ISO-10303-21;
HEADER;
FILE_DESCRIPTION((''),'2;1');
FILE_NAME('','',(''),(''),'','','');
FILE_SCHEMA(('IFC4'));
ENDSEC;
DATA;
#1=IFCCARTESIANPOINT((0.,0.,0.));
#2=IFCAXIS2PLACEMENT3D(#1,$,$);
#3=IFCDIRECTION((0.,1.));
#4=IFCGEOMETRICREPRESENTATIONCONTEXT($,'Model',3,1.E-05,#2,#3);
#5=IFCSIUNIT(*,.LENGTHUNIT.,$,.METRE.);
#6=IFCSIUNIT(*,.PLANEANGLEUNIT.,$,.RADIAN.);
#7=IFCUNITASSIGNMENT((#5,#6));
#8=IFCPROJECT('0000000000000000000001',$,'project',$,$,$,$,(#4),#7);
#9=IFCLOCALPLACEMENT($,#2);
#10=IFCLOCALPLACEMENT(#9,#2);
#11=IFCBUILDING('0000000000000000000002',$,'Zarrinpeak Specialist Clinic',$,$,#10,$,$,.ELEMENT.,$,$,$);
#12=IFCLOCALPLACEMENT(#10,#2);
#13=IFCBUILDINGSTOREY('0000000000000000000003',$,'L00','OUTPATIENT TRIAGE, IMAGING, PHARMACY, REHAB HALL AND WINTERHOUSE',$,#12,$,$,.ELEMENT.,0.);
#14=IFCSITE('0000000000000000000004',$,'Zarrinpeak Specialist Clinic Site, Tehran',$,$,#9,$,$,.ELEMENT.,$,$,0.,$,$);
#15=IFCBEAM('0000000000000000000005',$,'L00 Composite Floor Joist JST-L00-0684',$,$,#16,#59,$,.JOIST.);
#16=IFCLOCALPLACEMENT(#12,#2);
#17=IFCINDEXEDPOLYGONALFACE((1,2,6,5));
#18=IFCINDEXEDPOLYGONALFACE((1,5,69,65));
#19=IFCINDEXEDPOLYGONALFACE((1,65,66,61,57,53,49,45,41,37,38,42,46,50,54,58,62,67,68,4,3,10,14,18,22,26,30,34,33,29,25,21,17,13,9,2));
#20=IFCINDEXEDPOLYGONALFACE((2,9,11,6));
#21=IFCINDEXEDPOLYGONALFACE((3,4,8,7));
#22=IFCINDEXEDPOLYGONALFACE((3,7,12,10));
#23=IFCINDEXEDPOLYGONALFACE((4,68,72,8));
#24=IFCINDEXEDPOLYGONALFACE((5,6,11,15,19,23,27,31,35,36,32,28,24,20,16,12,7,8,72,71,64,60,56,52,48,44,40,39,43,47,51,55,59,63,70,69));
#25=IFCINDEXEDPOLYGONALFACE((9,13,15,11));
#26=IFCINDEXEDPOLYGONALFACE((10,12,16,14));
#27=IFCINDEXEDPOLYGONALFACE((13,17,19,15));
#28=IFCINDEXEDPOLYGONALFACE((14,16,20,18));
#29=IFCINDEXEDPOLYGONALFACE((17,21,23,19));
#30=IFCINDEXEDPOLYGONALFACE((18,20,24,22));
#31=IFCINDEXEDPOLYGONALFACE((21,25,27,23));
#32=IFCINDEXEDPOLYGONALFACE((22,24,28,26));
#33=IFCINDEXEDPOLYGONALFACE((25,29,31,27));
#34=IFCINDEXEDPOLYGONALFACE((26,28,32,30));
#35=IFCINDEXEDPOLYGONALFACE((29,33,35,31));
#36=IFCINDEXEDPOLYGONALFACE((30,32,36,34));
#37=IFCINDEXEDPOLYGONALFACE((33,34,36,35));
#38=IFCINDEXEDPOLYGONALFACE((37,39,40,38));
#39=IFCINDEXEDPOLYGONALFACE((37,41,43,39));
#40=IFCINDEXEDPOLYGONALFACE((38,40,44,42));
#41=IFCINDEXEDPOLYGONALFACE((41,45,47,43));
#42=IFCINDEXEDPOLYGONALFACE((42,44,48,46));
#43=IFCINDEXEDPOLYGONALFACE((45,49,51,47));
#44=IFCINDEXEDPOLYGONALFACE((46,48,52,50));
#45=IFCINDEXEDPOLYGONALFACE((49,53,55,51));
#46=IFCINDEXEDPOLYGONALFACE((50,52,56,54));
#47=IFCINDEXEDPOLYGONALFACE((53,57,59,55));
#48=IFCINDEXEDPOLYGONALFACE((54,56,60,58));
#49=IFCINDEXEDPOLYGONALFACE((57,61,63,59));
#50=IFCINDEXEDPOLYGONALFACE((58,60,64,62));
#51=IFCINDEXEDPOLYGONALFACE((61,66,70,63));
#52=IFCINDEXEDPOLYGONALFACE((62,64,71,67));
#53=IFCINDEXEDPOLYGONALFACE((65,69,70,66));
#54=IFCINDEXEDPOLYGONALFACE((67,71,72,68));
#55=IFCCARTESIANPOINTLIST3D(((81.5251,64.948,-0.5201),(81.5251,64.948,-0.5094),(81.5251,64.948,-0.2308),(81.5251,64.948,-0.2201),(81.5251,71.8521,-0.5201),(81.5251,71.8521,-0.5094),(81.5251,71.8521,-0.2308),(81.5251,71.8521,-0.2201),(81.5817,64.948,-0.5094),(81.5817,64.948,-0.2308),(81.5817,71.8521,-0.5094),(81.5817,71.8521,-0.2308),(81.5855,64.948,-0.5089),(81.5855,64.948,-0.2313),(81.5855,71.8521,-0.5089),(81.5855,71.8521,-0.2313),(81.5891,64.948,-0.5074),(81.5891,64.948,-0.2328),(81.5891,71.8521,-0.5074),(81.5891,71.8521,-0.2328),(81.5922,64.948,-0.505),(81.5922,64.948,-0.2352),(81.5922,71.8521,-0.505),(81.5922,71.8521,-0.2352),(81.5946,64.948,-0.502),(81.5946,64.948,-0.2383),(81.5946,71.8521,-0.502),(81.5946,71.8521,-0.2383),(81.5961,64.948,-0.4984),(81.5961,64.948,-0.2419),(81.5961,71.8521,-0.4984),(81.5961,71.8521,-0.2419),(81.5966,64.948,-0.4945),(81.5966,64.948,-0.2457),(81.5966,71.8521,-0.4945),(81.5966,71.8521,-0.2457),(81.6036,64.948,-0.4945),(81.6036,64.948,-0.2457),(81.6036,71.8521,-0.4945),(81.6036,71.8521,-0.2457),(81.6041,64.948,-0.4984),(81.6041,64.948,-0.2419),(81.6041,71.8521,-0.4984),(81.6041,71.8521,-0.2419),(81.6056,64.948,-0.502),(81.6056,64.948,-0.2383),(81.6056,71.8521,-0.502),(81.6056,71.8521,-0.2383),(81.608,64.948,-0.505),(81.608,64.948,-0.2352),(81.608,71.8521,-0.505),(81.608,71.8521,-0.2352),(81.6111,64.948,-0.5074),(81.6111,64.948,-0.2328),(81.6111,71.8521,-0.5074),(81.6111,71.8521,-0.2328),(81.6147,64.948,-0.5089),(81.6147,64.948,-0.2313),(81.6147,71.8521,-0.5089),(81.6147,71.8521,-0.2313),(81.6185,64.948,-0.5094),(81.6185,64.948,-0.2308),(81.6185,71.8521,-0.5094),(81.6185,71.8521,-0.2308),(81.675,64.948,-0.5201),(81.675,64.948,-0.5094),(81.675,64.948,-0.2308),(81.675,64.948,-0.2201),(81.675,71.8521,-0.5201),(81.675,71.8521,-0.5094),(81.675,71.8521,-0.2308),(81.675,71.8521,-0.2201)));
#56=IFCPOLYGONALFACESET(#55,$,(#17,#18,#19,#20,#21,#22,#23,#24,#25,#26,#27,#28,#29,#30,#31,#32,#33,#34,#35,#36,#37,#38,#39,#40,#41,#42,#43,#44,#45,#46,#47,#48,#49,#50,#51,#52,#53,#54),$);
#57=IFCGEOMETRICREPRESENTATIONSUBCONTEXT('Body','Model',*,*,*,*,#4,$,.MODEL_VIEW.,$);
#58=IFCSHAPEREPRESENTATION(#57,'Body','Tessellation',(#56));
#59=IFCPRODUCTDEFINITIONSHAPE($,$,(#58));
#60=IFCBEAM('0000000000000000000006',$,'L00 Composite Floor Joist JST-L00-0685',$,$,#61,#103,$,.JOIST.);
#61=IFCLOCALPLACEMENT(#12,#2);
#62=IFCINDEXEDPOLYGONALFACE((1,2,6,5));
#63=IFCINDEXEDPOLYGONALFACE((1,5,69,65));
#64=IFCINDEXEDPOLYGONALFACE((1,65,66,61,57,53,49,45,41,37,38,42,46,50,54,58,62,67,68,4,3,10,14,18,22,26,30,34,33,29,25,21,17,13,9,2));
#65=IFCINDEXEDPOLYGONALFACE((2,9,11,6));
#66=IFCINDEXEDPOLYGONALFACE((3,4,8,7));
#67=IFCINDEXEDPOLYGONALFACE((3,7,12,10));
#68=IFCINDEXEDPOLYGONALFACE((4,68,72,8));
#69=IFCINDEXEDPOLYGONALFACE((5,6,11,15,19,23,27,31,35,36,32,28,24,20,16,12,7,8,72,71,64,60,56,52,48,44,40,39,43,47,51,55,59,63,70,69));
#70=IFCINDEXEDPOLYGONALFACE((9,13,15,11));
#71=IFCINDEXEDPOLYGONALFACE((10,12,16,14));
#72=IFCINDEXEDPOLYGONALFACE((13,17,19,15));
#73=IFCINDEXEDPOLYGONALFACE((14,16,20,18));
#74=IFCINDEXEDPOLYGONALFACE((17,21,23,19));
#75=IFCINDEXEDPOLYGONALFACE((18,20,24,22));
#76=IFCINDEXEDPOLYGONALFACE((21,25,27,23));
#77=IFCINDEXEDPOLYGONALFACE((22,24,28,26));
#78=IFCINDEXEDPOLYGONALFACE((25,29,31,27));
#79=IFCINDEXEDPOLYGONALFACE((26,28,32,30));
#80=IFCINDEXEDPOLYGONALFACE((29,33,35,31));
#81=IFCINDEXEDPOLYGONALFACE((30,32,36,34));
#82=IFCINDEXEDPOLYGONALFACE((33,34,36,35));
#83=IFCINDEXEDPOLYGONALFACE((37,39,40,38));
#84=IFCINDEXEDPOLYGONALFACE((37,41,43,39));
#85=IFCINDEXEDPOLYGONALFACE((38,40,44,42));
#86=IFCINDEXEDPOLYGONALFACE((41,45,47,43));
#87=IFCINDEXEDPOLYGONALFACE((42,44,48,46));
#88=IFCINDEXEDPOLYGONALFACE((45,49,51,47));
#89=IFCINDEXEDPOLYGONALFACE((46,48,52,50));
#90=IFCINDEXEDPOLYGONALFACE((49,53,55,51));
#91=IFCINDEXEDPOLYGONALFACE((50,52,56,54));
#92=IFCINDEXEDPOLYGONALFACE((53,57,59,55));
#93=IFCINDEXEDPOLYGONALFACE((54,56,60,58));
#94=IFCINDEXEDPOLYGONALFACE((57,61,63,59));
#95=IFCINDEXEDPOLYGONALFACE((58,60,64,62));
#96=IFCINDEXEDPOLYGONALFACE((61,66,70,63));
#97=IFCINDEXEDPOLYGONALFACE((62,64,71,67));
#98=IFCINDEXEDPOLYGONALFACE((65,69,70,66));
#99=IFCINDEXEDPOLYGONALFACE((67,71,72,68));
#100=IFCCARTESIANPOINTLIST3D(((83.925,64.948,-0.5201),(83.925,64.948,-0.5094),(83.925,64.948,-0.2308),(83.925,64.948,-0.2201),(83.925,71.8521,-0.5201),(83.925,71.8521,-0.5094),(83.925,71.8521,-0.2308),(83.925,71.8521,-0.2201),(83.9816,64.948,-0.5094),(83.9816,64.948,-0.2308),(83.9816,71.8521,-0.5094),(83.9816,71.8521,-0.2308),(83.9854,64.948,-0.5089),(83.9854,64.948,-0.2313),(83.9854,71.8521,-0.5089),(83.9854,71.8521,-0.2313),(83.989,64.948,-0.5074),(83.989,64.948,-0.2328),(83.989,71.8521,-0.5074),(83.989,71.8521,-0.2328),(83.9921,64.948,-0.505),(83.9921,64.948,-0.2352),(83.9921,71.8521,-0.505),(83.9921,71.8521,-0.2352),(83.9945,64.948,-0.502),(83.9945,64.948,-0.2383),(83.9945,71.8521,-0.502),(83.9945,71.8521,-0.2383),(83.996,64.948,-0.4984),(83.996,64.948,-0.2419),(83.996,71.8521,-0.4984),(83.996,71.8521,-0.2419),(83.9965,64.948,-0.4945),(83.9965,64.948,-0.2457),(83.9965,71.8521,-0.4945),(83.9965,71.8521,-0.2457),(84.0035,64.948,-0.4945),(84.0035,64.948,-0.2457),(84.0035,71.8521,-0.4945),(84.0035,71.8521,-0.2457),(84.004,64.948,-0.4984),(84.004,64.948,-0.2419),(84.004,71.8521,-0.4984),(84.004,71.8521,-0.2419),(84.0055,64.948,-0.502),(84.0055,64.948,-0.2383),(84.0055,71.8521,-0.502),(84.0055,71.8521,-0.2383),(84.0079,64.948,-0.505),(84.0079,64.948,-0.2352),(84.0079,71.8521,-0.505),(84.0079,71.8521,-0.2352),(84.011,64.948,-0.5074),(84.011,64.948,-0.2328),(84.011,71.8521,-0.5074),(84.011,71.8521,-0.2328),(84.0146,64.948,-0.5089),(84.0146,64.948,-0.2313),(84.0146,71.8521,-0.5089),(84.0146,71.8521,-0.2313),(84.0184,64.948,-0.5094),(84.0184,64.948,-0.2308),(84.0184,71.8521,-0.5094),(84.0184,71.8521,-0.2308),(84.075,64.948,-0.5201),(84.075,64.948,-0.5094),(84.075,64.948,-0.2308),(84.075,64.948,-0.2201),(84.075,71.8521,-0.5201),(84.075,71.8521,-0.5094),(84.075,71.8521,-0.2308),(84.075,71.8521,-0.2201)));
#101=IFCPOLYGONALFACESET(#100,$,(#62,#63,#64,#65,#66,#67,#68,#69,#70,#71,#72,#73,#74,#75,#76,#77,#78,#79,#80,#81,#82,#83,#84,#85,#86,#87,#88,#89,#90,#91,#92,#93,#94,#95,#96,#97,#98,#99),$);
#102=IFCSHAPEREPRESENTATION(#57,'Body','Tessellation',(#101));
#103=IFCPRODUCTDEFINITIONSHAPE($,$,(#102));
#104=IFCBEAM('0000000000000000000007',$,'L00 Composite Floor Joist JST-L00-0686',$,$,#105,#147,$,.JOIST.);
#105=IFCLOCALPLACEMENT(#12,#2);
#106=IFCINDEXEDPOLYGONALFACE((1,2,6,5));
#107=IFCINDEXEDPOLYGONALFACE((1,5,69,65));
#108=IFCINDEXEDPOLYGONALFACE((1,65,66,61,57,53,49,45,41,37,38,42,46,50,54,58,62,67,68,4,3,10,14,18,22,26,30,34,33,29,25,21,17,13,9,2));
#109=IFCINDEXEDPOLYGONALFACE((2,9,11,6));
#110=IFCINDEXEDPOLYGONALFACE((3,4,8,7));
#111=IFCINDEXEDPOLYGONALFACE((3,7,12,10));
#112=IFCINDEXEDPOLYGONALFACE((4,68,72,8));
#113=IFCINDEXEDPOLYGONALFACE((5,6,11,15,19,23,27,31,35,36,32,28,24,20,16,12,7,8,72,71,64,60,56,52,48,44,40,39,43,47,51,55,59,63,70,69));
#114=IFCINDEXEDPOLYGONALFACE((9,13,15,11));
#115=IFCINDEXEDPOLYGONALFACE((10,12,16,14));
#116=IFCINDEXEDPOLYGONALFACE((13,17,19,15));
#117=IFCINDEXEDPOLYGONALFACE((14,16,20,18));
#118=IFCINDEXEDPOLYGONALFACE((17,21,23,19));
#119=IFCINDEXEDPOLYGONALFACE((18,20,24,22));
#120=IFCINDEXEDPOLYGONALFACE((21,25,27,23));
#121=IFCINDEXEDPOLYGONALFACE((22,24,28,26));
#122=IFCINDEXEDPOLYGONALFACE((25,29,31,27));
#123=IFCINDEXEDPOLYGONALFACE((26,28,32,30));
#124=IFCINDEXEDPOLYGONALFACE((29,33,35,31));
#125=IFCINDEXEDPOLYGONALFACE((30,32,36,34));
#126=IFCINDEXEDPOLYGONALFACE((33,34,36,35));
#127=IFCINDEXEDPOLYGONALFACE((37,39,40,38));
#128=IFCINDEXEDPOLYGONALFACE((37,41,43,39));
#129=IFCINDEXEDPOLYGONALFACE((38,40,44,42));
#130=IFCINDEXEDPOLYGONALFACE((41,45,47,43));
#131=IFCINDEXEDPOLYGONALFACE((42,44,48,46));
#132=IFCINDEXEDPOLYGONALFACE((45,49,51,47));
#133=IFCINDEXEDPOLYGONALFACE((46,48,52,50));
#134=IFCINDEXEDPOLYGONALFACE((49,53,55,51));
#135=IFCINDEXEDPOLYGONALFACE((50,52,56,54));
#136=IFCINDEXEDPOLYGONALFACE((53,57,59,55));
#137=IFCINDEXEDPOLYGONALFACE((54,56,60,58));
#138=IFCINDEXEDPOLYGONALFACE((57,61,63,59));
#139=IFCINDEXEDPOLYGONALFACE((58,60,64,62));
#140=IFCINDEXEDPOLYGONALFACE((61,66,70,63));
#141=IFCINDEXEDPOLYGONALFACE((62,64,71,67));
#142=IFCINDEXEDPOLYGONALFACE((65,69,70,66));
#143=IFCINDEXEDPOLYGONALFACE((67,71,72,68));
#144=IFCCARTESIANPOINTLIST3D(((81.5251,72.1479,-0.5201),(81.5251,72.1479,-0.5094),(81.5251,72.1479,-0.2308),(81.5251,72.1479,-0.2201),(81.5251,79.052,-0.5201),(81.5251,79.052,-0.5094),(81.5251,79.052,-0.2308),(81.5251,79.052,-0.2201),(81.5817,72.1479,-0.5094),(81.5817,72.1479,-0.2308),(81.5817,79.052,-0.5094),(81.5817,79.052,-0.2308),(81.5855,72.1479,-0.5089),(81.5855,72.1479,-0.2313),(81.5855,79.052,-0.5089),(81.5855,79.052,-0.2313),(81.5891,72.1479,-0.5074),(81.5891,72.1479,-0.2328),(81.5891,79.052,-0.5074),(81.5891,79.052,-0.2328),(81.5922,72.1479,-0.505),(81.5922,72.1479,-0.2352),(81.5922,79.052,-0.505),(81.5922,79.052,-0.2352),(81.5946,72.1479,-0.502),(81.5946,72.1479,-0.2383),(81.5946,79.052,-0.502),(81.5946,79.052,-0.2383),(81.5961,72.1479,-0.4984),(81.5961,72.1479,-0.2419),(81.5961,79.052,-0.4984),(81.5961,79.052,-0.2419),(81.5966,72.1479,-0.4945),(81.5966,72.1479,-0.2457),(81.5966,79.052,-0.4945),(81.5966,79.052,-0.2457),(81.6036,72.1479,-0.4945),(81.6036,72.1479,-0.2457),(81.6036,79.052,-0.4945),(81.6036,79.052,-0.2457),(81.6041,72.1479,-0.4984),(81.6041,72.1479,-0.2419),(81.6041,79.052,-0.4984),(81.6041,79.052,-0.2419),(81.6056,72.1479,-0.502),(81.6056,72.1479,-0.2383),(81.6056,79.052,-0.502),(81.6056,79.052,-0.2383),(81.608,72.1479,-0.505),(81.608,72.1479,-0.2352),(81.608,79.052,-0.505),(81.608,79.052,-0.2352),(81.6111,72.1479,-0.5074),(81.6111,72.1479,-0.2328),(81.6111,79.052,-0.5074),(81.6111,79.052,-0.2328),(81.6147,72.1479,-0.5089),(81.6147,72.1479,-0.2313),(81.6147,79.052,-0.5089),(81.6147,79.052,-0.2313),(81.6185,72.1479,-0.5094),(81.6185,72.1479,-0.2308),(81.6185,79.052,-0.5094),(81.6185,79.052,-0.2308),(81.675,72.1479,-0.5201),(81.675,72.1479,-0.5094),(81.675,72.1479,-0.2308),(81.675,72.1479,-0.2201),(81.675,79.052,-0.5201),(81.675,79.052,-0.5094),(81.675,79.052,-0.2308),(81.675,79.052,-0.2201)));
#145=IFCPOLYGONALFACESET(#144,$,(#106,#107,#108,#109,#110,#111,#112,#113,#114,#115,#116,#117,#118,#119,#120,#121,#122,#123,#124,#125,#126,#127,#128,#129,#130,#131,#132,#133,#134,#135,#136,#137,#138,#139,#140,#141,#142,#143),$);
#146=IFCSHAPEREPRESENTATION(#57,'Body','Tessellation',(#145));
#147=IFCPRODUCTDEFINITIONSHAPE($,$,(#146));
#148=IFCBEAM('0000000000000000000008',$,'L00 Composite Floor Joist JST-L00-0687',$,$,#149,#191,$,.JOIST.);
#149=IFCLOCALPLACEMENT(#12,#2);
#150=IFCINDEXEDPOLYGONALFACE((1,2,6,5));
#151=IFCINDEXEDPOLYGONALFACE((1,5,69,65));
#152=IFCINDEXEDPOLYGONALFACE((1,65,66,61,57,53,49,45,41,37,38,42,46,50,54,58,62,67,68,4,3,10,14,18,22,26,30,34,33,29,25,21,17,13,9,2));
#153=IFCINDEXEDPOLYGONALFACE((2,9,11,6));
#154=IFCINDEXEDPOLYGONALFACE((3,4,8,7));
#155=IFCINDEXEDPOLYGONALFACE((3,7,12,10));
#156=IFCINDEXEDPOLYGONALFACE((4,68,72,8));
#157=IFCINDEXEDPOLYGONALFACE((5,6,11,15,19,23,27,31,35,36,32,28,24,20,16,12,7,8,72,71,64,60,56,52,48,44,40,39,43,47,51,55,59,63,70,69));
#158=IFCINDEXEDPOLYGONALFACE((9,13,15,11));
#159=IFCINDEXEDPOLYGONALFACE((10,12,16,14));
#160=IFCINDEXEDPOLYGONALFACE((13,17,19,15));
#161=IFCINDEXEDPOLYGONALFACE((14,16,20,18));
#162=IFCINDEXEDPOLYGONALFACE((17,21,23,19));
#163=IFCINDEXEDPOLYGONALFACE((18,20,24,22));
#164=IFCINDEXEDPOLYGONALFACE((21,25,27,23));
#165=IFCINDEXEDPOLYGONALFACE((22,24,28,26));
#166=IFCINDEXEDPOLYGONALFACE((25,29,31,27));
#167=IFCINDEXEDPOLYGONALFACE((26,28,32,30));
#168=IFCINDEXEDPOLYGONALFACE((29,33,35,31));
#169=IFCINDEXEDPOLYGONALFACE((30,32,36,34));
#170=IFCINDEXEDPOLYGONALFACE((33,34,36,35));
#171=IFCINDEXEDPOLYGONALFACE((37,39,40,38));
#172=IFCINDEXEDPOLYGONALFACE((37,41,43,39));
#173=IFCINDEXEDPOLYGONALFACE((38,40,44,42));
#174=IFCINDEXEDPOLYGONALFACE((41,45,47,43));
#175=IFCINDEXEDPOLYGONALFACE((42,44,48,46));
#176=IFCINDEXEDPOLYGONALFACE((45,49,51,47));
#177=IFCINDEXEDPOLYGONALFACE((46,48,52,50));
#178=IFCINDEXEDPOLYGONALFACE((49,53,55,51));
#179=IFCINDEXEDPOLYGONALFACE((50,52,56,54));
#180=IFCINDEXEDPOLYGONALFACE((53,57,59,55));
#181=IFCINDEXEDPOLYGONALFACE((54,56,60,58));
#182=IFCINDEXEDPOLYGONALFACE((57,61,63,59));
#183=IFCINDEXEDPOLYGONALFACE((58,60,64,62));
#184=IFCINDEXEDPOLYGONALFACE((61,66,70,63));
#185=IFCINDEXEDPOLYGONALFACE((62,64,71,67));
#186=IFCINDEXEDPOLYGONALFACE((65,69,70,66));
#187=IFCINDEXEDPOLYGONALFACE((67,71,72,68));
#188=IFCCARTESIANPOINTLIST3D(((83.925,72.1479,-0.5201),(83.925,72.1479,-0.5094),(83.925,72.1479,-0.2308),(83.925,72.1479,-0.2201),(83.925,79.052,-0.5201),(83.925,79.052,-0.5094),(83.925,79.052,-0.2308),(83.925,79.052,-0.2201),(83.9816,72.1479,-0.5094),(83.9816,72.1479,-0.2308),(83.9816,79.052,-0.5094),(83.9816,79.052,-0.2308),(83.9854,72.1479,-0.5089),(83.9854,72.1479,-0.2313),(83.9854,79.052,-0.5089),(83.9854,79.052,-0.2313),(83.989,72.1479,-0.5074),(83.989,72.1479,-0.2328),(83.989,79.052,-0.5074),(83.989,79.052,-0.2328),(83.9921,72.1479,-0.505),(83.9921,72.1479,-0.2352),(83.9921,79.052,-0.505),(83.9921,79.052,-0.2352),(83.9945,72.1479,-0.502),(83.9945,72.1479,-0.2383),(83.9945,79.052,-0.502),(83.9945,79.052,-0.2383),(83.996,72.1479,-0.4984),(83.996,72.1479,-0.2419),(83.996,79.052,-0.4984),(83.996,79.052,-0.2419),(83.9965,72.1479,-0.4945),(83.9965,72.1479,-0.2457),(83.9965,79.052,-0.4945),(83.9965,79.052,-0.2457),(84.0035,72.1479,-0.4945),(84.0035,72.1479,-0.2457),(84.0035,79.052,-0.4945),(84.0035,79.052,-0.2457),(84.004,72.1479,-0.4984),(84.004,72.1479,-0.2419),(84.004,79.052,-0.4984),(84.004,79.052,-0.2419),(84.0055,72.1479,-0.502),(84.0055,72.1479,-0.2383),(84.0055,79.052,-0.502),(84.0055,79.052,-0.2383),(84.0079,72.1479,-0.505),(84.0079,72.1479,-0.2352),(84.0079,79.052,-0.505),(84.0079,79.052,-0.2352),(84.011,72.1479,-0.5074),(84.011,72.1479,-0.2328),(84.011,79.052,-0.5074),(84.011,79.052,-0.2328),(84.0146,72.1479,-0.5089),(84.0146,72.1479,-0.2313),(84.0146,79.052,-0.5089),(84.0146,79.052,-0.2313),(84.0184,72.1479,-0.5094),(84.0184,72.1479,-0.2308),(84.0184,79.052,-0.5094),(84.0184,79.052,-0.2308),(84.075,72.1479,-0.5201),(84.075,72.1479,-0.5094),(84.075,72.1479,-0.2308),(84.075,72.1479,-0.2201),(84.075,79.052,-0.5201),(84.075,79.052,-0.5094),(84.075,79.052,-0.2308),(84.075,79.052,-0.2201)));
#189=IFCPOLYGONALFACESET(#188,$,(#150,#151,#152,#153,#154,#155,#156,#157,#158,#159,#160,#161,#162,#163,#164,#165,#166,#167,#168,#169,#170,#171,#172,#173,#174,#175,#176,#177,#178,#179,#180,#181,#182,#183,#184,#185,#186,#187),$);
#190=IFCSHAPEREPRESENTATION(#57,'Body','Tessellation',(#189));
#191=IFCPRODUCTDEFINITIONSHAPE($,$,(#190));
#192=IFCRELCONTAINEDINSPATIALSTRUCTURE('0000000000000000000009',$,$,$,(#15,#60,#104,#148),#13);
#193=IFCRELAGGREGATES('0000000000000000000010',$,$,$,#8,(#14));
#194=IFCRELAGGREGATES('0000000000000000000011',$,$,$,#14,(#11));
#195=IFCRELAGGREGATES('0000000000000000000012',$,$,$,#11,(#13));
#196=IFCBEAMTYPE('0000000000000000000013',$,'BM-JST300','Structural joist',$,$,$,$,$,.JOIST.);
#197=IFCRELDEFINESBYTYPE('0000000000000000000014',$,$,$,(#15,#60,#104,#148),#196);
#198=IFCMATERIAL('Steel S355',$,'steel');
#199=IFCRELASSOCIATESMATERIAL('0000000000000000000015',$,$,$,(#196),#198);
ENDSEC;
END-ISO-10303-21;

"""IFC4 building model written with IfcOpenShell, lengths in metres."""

from ifc_helpers import new_model, si_unit, direction, frame, origin, origin_2d, place, context, subcontext, project, spatial, i_section, extrude, material, material_profile, profile_set, type_object, element, save


model = new_model("IFC4")

# Units and contexts
model_context = context("Model", 3, precision=1e-05, world=origin(), true_north=direction((0.0, 1.0)))
body_context = subcontext(model_context, "Body", "Model", "MODEL_VIEW")
ifc_project = project(units=[si_unit("LENGTHUNIT", "METRE"), si_unit("PLANEANGLEUNIT", "RADIAN")], contexts=[model_context])

# Site, building, storey
site_placement = place(None, origin())
site = spatial("IfcSite", under=ifc_project, at=site_placement, Name="Zarrinpeak Specialist Clinic Site, Tehran", CompositionType="ELEMENT", RefElevation=0.0)
building_placement = place(site_placement, origin())
building = spatial("IfcBuilding", under=site, at=building_placement, Name="Zarrinpeak Specialist Clinic", CompositionType="ELEMENT")
storey_placement = place(building_placement, origin())
storey = spatial("IfcBuildingStorey", under=building, at=storey_placement, Name="L00", Description="OUTPATIENT TRIAGE, IMAGING, PHARMACY, REHAB HALL AND WINTERHOUSE", CompositionType="ELEMENT", Elevation=0.0)

# Beams
ifc_material_1 = material(Name="Steel S355", Category="steel")
ifc_material_profile_1 = material_profile(ifc_material_1, i_section(OverallWidth=0.1499, OverallDepth=0.3, WebThickness=0.0071, FlangeThickness=0.0107, FilletRadius=0.0149, at=origin_2d()), Name="IPE 300")
ifc_profile_set_1 = profile_set([ifc_material_profile_1], Name="Steel S355")
beam_type_1 = type_object("IfcBeamType", Name="BM-JST300", Description="Structural joist", PredefinedType="JOIST", material=ifc_profile_set_1)
for number, where, z_axis, x_axis, name in (
    (1, (81.6001, 64.948, -0.3701), (0.0, 1.0, 0.0), (-1.0, 0.0, 0.0), "L00 Composite Floor Joist JST-L00-0684"),
    (2, (84.0, 64.948, -0.3701), (0.0, 1.0, 0.0), (-1.0, 0.0, 0.0), "L00 Composite Floor Joist JST-L00-0685"),
    (3, (81.6001, 72.1479, -0.3701), (0.0, 1.0, 0.0), (-1.0, 0.0, 0.0), "L00 Composite Floor Joist JST-L00-0686"),
    (4, (84.0, 72.1479, -0.3701), (0.0, 1.0, 0.0), (-1.0, 0.0, 0.0), "L00 Composite Floor Joist JST-L00-0687"),
):
    element("IfcBeam", number, at=place(storey_placement, frame(where, z_axis=z_axis, x_axis=x_axis)), inside=storey, type_object=beam_type_1, Name=name, PredefinedType="JOIST", context=body_context, shape_type="SweptSolid", body=[
        extrude(i_section(OverallWidth=0.1499, OverallDepth=0.3, WebThickness=0.0071, FlangeThickness=0.0107, FilletRadius=0.0149, at=origin_2d()), origin(), (0.0, 0.0, 1.0), 6.9041),
    ])

save(model, "model.ifc")
